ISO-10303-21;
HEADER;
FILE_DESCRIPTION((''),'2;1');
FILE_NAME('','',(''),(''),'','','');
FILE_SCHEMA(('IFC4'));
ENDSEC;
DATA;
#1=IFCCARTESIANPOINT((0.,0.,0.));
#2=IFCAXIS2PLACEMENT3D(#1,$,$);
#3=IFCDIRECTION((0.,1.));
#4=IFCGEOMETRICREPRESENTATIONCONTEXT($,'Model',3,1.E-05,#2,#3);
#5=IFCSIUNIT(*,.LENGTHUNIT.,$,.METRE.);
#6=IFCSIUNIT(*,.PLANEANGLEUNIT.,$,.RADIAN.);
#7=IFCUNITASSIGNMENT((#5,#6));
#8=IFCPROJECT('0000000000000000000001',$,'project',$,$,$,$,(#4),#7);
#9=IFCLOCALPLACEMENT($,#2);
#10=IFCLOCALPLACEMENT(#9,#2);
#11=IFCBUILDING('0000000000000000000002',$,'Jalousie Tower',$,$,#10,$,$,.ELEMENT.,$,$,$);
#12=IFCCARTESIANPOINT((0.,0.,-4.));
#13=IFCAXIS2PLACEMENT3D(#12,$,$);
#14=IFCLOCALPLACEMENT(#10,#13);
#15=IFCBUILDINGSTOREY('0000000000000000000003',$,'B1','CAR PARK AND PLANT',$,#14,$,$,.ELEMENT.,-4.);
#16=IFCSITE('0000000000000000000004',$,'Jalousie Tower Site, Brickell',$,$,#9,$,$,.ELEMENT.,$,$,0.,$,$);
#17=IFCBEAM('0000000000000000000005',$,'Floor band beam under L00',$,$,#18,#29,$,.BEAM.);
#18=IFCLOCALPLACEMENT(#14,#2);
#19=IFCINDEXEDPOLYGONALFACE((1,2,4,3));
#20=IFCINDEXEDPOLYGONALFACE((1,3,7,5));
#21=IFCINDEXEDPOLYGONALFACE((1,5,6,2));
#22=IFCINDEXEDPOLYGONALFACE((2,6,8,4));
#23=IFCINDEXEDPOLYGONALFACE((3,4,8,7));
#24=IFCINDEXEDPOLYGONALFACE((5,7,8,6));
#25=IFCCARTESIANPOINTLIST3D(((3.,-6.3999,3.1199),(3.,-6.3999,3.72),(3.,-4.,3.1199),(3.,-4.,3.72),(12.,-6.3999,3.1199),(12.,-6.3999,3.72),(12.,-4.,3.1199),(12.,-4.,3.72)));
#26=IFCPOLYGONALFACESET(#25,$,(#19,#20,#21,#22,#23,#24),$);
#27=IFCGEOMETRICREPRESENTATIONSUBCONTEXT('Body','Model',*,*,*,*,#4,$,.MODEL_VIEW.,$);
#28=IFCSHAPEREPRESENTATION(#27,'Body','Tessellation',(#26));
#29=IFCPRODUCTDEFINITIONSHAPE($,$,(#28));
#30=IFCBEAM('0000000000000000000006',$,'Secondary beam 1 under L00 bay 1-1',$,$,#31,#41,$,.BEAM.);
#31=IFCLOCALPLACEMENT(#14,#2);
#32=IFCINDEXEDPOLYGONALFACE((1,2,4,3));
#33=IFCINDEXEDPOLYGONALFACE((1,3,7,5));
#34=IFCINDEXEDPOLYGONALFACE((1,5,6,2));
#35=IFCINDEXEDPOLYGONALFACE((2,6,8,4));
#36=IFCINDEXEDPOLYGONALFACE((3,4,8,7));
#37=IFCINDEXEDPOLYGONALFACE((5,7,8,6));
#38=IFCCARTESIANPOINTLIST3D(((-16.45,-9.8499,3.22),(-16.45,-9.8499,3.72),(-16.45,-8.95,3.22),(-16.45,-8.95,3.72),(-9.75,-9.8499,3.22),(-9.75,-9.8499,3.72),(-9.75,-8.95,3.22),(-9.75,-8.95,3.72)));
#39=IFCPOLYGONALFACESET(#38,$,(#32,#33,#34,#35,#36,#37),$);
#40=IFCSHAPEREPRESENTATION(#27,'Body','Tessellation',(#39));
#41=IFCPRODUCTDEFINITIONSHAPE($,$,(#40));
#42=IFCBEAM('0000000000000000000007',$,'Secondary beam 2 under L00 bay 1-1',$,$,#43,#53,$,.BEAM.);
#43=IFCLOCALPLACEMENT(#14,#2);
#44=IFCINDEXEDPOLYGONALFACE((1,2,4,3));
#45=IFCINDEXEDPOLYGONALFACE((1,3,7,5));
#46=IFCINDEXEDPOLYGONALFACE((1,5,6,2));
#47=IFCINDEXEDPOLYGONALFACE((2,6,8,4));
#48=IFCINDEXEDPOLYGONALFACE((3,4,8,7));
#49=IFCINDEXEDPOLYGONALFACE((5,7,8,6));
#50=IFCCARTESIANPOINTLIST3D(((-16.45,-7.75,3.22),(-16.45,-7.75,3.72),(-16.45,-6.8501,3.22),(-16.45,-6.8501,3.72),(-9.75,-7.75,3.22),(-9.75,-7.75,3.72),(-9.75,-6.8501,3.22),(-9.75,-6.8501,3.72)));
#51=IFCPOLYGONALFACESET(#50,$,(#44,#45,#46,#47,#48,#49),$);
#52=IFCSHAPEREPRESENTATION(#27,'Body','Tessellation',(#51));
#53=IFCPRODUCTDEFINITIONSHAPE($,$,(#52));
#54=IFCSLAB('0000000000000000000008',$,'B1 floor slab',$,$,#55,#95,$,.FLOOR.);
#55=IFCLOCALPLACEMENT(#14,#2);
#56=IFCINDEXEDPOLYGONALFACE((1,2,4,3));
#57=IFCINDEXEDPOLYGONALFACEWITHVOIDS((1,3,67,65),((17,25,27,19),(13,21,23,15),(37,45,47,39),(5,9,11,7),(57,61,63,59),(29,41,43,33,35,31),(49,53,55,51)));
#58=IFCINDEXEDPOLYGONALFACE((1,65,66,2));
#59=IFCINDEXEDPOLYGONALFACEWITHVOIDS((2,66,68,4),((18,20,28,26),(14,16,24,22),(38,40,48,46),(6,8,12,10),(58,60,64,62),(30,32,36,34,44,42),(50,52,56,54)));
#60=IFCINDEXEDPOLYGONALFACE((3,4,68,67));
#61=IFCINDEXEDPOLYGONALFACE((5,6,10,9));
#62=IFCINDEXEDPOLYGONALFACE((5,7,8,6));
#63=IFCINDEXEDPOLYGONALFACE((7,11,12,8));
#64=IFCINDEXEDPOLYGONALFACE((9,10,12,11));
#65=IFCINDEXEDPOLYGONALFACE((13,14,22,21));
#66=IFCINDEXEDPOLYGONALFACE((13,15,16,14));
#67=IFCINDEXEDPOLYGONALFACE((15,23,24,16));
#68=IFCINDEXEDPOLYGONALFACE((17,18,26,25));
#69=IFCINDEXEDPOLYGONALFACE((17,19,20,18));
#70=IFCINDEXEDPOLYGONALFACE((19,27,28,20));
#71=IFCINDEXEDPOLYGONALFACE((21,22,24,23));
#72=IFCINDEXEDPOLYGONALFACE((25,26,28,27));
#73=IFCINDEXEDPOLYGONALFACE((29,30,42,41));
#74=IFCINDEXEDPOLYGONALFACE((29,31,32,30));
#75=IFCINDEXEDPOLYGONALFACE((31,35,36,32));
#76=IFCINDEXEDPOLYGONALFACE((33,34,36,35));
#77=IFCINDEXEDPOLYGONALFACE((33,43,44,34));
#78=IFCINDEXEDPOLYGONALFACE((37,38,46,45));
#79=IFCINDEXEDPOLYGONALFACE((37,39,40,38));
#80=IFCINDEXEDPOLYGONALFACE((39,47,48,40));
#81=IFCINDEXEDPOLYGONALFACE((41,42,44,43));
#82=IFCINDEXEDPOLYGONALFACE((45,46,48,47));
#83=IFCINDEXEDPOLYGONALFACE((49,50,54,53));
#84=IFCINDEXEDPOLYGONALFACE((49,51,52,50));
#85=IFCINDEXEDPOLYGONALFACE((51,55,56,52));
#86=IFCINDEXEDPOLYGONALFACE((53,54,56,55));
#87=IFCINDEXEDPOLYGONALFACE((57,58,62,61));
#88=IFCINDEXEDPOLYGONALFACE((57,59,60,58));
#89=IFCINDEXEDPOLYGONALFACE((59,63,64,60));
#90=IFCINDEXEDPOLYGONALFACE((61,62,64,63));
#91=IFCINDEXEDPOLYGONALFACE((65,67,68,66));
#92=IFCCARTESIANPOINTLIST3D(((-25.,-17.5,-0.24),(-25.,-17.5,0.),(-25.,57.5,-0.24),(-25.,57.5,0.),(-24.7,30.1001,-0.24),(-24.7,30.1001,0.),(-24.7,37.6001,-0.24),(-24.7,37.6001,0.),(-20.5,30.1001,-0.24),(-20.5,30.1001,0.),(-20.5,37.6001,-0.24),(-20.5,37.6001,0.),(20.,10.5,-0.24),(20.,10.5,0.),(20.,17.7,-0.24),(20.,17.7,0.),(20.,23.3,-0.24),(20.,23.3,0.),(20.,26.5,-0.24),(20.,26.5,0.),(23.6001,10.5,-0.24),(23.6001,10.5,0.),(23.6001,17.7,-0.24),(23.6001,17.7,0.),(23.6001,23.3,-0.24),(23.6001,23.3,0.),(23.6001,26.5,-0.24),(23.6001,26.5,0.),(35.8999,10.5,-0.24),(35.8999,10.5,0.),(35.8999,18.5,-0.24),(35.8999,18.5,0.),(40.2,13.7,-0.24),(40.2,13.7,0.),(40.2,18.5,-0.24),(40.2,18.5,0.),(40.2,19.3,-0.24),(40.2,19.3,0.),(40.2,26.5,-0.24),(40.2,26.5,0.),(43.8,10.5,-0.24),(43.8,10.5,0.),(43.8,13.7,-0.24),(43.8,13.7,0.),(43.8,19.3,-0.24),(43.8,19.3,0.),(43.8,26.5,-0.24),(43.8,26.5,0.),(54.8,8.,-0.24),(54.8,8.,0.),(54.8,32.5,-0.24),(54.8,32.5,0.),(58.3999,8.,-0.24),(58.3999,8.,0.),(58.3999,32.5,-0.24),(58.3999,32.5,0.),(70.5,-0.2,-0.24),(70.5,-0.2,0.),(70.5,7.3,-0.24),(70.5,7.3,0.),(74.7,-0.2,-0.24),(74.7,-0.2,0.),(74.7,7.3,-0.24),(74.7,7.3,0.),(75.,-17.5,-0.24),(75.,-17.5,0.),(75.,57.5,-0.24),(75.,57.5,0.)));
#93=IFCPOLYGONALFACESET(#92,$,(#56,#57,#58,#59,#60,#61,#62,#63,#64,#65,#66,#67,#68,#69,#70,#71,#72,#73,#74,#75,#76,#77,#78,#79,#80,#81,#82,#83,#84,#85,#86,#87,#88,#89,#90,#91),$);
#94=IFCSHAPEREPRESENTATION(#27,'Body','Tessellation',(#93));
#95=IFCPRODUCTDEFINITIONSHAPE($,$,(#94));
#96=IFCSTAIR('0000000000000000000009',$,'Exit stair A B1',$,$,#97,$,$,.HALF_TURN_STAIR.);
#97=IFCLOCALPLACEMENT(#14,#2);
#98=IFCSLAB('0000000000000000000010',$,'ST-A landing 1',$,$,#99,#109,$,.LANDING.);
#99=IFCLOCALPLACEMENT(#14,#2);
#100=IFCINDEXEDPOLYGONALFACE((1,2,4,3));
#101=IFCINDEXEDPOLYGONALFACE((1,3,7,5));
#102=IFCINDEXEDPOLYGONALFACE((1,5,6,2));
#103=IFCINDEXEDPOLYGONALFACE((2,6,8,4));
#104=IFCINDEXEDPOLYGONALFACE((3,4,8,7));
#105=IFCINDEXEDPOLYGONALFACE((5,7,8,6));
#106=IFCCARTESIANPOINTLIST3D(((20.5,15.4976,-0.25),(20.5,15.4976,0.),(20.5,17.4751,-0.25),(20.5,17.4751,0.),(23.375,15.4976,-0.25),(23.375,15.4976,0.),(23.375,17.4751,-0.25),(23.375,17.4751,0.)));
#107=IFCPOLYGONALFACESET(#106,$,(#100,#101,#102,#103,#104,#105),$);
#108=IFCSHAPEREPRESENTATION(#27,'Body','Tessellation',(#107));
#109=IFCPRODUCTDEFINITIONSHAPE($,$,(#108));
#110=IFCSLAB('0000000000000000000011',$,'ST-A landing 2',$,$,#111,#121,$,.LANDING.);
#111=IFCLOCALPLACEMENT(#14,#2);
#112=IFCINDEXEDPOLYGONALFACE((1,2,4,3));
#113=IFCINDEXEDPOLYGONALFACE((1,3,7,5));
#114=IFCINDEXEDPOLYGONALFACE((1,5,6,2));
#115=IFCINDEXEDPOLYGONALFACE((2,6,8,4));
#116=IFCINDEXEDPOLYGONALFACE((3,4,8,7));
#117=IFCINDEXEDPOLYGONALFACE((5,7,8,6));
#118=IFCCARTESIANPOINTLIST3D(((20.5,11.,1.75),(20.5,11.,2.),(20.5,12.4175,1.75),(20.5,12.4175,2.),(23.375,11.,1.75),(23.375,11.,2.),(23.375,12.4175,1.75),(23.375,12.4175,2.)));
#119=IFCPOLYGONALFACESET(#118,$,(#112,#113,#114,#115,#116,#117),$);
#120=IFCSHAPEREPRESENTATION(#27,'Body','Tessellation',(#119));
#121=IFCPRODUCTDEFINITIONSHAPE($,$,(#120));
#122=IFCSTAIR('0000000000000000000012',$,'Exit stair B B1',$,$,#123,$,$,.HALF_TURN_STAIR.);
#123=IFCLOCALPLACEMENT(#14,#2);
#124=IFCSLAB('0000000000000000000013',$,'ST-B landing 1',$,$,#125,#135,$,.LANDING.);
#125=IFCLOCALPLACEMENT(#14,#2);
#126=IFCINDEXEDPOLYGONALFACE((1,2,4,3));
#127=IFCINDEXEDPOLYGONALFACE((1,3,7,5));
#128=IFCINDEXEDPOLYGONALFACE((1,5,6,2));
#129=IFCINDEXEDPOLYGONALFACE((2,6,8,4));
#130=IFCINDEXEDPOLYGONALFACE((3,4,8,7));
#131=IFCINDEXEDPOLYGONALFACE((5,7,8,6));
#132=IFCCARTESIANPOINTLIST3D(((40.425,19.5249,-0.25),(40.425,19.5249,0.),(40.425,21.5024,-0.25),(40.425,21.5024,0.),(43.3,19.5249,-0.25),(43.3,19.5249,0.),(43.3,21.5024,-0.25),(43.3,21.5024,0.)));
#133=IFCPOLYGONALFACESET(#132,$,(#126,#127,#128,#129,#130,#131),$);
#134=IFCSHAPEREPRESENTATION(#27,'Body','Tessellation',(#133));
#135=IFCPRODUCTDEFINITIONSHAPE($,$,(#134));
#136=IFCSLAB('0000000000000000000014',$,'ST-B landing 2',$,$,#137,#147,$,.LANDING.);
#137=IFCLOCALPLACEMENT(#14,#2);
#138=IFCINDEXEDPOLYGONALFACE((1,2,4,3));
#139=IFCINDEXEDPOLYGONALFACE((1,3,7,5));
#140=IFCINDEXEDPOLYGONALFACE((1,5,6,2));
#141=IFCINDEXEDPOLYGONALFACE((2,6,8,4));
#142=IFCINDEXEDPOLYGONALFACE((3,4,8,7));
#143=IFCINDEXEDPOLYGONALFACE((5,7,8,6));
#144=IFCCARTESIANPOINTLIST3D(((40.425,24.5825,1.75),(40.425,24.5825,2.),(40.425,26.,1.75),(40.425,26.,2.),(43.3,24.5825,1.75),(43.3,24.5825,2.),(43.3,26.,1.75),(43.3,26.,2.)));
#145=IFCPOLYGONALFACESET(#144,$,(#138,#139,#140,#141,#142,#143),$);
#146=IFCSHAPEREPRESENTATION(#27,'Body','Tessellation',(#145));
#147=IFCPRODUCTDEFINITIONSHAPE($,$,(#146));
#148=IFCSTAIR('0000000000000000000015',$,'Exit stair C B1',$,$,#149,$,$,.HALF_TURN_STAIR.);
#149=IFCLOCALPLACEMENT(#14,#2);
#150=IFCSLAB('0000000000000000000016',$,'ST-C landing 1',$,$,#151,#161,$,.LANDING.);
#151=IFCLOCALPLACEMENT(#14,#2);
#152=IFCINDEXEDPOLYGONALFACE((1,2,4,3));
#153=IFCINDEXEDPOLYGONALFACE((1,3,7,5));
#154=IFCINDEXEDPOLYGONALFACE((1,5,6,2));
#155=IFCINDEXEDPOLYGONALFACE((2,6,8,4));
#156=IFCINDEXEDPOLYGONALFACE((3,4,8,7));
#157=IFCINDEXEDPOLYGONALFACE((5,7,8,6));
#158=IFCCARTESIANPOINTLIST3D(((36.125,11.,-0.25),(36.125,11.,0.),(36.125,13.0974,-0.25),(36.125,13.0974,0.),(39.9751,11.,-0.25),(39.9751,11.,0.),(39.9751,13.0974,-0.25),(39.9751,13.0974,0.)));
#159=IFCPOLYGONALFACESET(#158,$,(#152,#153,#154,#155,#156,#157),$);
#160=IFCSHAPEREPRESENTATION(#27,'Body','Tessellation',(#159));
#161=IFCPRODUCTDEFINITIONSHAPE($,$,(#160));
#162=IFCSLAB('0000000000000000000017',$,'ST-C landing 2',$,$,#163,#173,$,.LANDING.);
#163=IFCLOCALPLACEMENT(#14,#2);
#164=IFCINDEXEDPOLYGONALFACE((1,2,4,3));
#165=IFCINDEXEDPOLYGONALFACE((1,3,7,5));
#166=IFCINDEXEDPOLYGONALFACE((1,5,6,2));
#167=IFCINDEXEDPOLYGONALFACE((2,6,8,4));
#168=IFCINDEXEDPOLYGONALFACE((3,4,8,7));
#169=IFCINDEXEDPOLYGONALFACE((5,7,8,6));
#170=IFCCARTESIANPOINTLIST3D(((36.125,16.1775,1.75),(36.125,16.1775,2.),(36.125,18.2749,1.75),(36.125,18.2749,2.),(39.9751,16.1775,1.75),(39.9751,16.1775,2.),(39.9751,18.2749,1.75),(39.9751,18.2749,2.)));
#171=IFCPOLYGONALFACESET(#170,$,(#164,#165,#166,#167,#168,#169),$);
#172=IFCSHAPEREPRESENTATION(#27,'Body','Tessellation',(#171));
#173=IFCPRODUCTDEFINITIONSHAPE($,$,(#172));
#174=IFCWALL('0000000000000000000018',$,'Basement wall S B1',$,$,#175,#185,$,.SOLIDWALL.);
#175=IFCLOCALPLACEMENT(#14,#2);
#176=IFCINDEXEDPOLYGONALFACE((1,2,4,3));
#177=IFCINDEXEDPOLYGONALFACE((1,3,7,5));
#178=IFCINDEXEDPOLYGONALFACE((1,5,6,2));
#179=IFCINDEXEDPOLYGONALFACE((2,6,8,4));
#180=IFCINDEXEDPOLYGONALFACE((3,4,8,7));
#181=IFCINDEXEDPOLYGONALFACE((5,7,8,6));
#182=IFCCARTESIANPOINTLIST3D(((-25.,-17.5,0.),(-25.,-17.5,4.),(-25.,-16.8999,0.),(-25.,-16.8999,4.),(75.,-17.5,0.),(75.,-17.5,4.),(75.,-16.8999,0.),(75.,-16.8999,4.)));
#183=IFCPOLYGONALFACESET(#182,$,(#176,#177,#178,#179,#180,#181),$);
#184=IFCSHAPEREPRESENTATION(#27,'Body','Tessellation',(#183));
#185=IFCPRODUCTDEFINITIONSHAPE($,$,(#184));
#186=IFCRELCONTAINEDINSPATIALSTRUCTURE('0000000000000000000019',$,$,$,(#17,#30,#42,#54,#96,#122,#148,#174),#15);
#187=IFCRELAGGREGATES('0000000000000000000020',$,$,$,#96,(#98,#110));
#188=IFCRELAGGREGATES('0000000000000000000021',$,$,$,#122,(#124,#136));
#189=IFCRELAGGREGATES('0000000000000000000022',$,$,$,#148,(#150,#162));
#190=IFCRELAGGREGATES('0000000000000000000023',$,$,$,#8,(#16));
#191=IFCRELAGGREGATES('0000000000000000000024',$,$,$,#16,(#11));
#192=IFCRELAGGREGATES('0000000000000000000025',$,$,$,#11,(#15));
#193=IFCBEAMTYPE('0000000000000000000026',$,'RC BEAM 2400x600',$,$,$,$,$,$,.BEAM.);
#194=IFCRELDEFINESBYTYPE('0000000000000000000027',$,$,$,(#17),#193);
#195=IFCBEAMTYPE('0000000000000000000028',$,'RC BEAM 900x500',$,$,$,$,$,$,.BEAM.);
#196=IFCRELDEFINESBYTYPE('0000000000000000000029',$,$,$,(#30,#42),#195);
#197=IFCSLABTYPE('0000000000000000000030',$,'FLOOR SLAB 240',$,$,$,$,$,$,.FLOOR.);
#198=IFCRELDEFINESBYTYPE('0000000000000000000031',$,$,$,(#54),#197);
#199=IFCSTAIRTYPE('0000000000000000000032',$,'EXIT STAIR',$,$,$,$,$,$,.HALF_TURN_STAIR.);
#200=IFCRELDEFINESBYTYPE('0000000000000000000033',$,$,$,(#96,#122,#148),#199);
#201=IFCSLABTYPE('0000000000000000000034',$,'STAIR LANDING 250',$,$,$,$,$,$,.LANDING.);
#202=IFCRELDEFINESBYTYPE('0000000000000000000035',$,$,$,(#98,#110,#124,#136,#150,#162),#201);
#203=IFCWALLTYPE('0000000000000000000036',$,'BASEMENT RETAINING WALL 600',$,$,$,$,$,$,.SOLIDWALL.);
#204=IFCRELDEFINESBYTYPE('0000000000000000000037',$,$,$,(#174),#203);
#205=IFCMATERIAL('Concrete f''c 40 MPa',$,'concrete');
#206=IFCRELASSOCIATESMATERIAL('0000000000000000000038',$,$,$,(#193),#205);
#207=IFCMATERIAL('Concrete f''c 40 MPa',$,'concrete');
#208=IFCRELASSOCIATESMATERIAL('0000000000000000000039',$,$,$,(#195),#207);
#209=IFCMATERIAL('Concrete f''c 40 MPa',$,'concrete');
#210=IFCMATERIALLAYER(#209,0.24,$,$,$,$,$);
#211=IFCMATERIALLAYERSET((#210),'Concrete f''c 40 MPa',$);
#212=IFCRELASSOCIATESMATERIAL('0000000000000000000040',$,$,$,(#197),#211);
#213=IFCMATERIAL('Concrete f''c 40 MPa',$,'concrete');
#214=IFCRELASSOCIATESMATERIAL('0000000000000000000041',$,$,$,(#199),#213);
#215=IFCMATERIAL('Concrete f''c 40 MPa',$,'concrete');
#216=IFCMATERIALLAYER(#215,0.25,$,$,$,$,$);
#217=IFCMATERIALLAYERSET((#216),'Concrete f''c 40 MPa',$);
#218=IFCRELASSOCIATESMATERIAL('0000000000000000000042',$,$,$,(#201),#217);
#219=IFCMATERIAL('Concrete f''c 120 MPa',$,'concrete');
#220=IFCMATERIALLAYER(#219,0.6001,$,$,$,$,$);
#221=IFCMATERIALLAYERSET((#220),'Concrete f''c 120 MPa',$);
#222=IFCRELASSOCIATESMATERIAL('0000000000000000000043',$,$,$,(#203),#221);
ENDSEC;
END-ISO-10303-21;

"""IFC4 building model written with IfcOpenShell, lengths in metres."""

from ifc_helpers import new_model, si_unit, direction, frame, frame_2d, origin, origin_2d, place, context, subcontext, project, spatial, polyline, rectangle, outline, extrude, material, layer, layer_set, material_profile, profile_set, type_object, element, aggregate, save


model = new_model("IFC4")

# Units and contexts
model_context = context("Model", 3, precision=1e-05, world=origin(), true_north=direction((0.0, 1.0)))
body_context = subcontext(model_context, "Body", "Model", "MODEL_VIEW")
ifc_project = project(units=[si_unit("LENGTHUNIT", "METRE"), si_unit("PLANEANGLEUNIT", "RADIAN")], contexts=[model_context])

# Site, building, storey
site_placement = place(None, origin())
site = spatial("IfcSite", under=ifc_project, at=site_placement, Name="Jalousie Tower Site, Brickell", CompositionType="ELEMENT", RefElevation=0.0)
building_placement = place(site_placement, origin())
building = spatial("IfcBuilding", under=site, at=building_placement, Name="Jalousie Tower", CompositionType="ELEMENT")
storey_placement = place(building_placement, frame((0.0, 0.0, -4.0)))
storey = spatial("IfcBuildingStorey", under=building, at=storey_placement, Name="B1", Description="CAR PARK AND PLANT", CompositionType="ELEMENT", Elevation=-4.0)

# Beams
ifc_material_1 = material(Name="Concrete f'c 40 MPa", Category="concrete")
ifc_material_profile_1 = material_profile(ifc_material_1, rectangle(XDim=2.3999, YDim=0.6001, at=origin_2d()), Name="RC 2400x600")
ifc_profile_set_1 = profile_set([ifc_material_profile_1], Name="Concrete f'c 40 MPa")
beam_type_1 = type_object("IfcBeamType", Name="RC BEAM 2400x600", PredefinedType="BEAM", material=ifc_profile_set_1)
beam_1_placement = place(storey_placement, frame((3.0, -5.2, 3.4199), z_axis=(1.0, 0.0, 0.0), x_axis=(0.0, 1.0, 0.0)))
element("IfcBeam", 1, at=beam_1_placement, inside=storey, type_object=beam_type_1, Name="Floor band beam under L00", PredefinedType="BEAM", context=body_context, shape_type="SweptSolid", body=[
    extrude(rectangle(XDim=2.3999, YDim=0.6001, at=origin_2d()), origin(), (0.0, 0.0, 1.0), 9.0),
])
ifc_material_2 = material(Name="Concrete f'c 40 MPa", Category="concrete")
ifc_material_profile_2 = material_profile(ifc_material_2, rectangle(XDim=0.8999, YDim=0.5, at=origin_2d()), Name="RC 900x500")
ifc_profile_set_2 = profile_set([ifc_material_profile_2], Name="Concrete f'c 40 MPa")
beam_type_2 = type_object("IfcBeamType", Name="RC BEAM 900x500", PredefinedType="BEAM", material=ifc_profile_set_2)
for number, where, z_axis, x_axis, name in (
    (2, (-16.45, -9.3999, 3.47), (1.0, 0.0, 0.0), (0.0, 1.0, 0.0), "Secondary beam 1 under L00 bay 1-1"),
    (3, (-16.45, -7.3, 3.47), (1.0, 0.0, 0.0), (0.0, 1.0, 0.0), "Secondary beam 2 under L00 bay 1-1"),
):
    element("IfcBeam", number, at=place(storey_placement, frame(where, z_axis=z_axis, x_axis=x_axis)), inside=storey, type_object=beam_type_2, Name=name, PredefinedType="BEAM", context=body_context, shape_type="SweptSolid", body=[
        extrude(rectangle(XDim=0.8999, YDim=0.5, at=origin_2d()), origin(), (0.0, 0.0, 1.0), 6.7),
    ])

# Slab
ifc_material_3 = material(Name="Concrete f'c 40 MPa", Category="concrete")
ifc_layer_1 = layer(ifc_material_3, 0.24)
ifc_layer_set_1 = layer_set([ifc_layer_1], Name="Concrete f'c 40 MPa")
slab_type_1 = type_object("IfcSlabType", Name="FLOOR SLAB 240", PredefinedType="FLOOR", material=ifc_layer_set_1)
slab_1_placement = place(storey_placement, frame((0.0, 0.0, -0.24)))
element("IfcSlab", 4, at=slab_1_placement, inside=storey, type_object=slab_type_1, Name="B1 floor slab", PredefinedType="FLOOR", context=body_context, shape_type="SweptSolid", body=[
    extrude(outline(polyline([(-25.0, -17.5), (75.0, -17.5), (75.0, 57.5), (-25.0, 57.5), (-25.0, -17.5)]), holes=[polyline([(70.5, -0.2), (74.7, -0.2), (74.7, 7.3), (70.5, 7.3), (70.5, -0.2)]), polyline([(43.8, 10.5), (35.8999, 10.5), (35.8999, 18.5), (40.2, 18.5), (40.2, 13.7), (43.8, 13.7), (43.8, 10.5)]), polyline([(20.0, 10.5), (23.6001, 10.5), (23.6001, 17.7), (20.0, 17.7), (20.0, 10.5)]), polyline([(54.8, 8.0), (58.3999, 8.0), (58.3999, 32.5), (54.8, 32.5), (54.8, 8.0)]), polyline([(40.2, 19.3), (43.8, 19.3), (43.8, 26.5), (40.2, 26.5), (40.2, 19.3)]), polyline([(20.0, 23.3), (23.6001, 23.3), (23.6001, 26.5), (20.0, 26.5), (20.0, 23.3)]), polyline([(-24.7, 30.1001), (-20.5, 30.1001), (-20.5, 37.6001), (-24.7, 37.6001), (-24.7, 30.1001)])]), origin(), (0.0, 0.0, 1.0), 0.24),
])

# Stairs, slabs
ifc_material_4 = material(Name="Concrete f'c 40 MPa", Category="concrete")
stair_type = type_object("IfcStairType", Name="EXIT STAIR", PredefinedType="HALF_TURN_STAIR", material=ifc_material_4)
stair_1_placement = place(storey_placement, origin())
stair_1 = element("IfcStair", 5, at=stair_1_placement, inside=storey, type_object=stair_type, Name="Exit stair A B1", PredefinedType="HALF_TURN_STAIR")
ifc_material_5 = material(Name="Concrete f'c 40 MPa", Category="concrete")
ifc_layer_2 = layer(ifc_material_5, 0.25)
ifc_layer_set_2 = layer_set([ifc_layer_2], Name="Concrete f'c 40 MPa")
slab_type_2 = type_object("IfcSlabType", Name="STAIR LANDING 250", PredefinedType="LANDING", material=ifc_layer_set_2)
slab_2_placement = place(storey_placement, frame((0.0, 0.0, -0.25)))
slab_2 = element("IfcSlab", 6, at=slab_2_placement, type_object=slab_type_2, Name="ST-A landing 1", PredefinedType="LANDING", context=body_context, shape_type="SweptSolid", body=[
    extrude(outline(polyline([(20.5, 15.4976), (23.375, 15.4976), (23.375, 17.4751), (20.5, 17.4751), (20.5, 15.4976)])), origin(), (0.0, 0.0, 1.0), 0.25),
])
slab_3_placement = place(storey_placement, frame((0.0, 0.0, 1.75)))
slab_3 = element("IfcSlab", 7, at=slab_3_placement, type_object=slab_type_2, Name="ST-A landing 2", PredefinedType="LANDING", context=body_context, shape_type="SweptSolid", body=[
    extrude(outline(polyline([(20.5, 11.0), (23.375, 11.0), (23.375, 12.4175), (20.5, 12.4175), (20.5, 11.0)])), origin(), (0.0, 0.0, 1.0), 0.25),
])
aggregate(stair_1, [slab_2, slab_3])
stair_2_placement = place(storey_placement, origin())
stair_2 = element("IfcStair", 8, at=stair_2_placement, inside=storey, type_object=stair_type, Name="Exit stair B B1", PredefinedType="HALF_TURN_STAIR")
slab_4_placement = place(storey_placement, frame((0.0, 0.0, -0.25)))
slab_4 = element("IfcSlab", 9, at=slab_4_placement, type_object=slab_type_2, Name="ST-B landing 1", PredefinedType="LANDING", context=body_context, shape_type="SweptSolid", body=[
    extrude(outline(polyline([(40.425, 19.5249), (43.3, 19.5249), (43.3, 21.5024), (40.425, 21.5024), (40.425, 19.5249)])), origin(), (0.0, 0.0, 1.0), 0.25),
])
slab_5_placement = place(storey_placement, frame((0.0, 0.0, 1.75)))
slab_5 = element("IfcSlab", 10, at=slab_5_placement, type_object=slab_type_2, Name="ST-B landing 2", PredefinedType="LANDING", context=body_context, shape_type="SweptSolid", body=[
    extrude(outline(polyline([(40.425, 24.5825), (43.3, 24.5825), (43.3, 26.0), (40.425, 26.0), (40.425, 24.5825)])), origin(), (0.0, 0.0, 1.0), 0.25),
])
aggregate(stair_2, [slab_4, slab_5])
stair_3_placement = place(storey_placement, origin())
stair_3 = element("IfcStair", 11, at=stair_3_placement, inside=storey, type_object=stair_type, Name="Exit stair C B1", PredefinedType="HALF_TURN_STAIR")
slab_6_placement = place(storey_placement, frame((0.0, 0.0, -0.25)))
slab_6 = element("IfcSlab", 12, at=slab_6_placement, type_object=slab_type_2, Name="ST-C landing 1", PredefinedType="LANDING", context=body_context, shape_type="SweptSolid", body=[
    extrude(outline(polyline([(36.125, 11.0), (39.9751, 11.0), (39.9751, 13.0974), (36.125, 13.0974), (36.125, 11.0)])), origin(), (0.0, 0.0, 1.0), 0.25),
])
slab_7_placement = place(storey_placement, frame((0.0, 0.0, 1.75)))
slab_7 = element("IfcSlab", 13, at=slab_7_placement, type_object=slab_type_2, Name="ST-C landing 2", PredefinedType="LANDING", context=body_context, shape_type="SweptSolid", body=[
    extrude(outline(polyline([(36.125, 16.1775), (39.9751, 16.1775), (39.9751, 18.2749), (36.125, 18.2749), (36.125, 16.1775)])), origin(), (0.0, 0.0, 1.0), 0.25),
])
aggregate(stair_3, [slab_6, slab_7])

# Wall
ifc_material_6 = material(Name="Concrete f'c 120 MPa", Category="concrete")
ifc_layer_3 = layer(ifc_material_6, 0.6001)
ifc_layer_set_3 = layer_set([ifc_layer_3], Name="Concrete f'c 120 MPa")
wall_type = type_object("IfcWallType", Name="BASEMENT RETAINING WALL 600", PredefinedType="SOLIDWALL", material=ifc_layer_set_3)
wall_placement = place(storey_placement, frame((-25.0, -17.2, 0.0), z_axis=(0.0, 0.0, 1.0), x_axis=(1.0, 0.0, 0.0)))
element("IfcWall", 14, at=wall_placement, inside=storey, type_object=wall_type, Name="Basement wall S B1", PredefinedType="SOLIDWALL", context=body_context, shape_type="SweptSolid", body=[
    extrude(rectangle(XDim=100.0, YDim=0.6001, at=frame_2d((50.0, 0.0))), origin(), (0.0, 0.0, 1.0), 4.0),
])

save(model, "model.ifc")
